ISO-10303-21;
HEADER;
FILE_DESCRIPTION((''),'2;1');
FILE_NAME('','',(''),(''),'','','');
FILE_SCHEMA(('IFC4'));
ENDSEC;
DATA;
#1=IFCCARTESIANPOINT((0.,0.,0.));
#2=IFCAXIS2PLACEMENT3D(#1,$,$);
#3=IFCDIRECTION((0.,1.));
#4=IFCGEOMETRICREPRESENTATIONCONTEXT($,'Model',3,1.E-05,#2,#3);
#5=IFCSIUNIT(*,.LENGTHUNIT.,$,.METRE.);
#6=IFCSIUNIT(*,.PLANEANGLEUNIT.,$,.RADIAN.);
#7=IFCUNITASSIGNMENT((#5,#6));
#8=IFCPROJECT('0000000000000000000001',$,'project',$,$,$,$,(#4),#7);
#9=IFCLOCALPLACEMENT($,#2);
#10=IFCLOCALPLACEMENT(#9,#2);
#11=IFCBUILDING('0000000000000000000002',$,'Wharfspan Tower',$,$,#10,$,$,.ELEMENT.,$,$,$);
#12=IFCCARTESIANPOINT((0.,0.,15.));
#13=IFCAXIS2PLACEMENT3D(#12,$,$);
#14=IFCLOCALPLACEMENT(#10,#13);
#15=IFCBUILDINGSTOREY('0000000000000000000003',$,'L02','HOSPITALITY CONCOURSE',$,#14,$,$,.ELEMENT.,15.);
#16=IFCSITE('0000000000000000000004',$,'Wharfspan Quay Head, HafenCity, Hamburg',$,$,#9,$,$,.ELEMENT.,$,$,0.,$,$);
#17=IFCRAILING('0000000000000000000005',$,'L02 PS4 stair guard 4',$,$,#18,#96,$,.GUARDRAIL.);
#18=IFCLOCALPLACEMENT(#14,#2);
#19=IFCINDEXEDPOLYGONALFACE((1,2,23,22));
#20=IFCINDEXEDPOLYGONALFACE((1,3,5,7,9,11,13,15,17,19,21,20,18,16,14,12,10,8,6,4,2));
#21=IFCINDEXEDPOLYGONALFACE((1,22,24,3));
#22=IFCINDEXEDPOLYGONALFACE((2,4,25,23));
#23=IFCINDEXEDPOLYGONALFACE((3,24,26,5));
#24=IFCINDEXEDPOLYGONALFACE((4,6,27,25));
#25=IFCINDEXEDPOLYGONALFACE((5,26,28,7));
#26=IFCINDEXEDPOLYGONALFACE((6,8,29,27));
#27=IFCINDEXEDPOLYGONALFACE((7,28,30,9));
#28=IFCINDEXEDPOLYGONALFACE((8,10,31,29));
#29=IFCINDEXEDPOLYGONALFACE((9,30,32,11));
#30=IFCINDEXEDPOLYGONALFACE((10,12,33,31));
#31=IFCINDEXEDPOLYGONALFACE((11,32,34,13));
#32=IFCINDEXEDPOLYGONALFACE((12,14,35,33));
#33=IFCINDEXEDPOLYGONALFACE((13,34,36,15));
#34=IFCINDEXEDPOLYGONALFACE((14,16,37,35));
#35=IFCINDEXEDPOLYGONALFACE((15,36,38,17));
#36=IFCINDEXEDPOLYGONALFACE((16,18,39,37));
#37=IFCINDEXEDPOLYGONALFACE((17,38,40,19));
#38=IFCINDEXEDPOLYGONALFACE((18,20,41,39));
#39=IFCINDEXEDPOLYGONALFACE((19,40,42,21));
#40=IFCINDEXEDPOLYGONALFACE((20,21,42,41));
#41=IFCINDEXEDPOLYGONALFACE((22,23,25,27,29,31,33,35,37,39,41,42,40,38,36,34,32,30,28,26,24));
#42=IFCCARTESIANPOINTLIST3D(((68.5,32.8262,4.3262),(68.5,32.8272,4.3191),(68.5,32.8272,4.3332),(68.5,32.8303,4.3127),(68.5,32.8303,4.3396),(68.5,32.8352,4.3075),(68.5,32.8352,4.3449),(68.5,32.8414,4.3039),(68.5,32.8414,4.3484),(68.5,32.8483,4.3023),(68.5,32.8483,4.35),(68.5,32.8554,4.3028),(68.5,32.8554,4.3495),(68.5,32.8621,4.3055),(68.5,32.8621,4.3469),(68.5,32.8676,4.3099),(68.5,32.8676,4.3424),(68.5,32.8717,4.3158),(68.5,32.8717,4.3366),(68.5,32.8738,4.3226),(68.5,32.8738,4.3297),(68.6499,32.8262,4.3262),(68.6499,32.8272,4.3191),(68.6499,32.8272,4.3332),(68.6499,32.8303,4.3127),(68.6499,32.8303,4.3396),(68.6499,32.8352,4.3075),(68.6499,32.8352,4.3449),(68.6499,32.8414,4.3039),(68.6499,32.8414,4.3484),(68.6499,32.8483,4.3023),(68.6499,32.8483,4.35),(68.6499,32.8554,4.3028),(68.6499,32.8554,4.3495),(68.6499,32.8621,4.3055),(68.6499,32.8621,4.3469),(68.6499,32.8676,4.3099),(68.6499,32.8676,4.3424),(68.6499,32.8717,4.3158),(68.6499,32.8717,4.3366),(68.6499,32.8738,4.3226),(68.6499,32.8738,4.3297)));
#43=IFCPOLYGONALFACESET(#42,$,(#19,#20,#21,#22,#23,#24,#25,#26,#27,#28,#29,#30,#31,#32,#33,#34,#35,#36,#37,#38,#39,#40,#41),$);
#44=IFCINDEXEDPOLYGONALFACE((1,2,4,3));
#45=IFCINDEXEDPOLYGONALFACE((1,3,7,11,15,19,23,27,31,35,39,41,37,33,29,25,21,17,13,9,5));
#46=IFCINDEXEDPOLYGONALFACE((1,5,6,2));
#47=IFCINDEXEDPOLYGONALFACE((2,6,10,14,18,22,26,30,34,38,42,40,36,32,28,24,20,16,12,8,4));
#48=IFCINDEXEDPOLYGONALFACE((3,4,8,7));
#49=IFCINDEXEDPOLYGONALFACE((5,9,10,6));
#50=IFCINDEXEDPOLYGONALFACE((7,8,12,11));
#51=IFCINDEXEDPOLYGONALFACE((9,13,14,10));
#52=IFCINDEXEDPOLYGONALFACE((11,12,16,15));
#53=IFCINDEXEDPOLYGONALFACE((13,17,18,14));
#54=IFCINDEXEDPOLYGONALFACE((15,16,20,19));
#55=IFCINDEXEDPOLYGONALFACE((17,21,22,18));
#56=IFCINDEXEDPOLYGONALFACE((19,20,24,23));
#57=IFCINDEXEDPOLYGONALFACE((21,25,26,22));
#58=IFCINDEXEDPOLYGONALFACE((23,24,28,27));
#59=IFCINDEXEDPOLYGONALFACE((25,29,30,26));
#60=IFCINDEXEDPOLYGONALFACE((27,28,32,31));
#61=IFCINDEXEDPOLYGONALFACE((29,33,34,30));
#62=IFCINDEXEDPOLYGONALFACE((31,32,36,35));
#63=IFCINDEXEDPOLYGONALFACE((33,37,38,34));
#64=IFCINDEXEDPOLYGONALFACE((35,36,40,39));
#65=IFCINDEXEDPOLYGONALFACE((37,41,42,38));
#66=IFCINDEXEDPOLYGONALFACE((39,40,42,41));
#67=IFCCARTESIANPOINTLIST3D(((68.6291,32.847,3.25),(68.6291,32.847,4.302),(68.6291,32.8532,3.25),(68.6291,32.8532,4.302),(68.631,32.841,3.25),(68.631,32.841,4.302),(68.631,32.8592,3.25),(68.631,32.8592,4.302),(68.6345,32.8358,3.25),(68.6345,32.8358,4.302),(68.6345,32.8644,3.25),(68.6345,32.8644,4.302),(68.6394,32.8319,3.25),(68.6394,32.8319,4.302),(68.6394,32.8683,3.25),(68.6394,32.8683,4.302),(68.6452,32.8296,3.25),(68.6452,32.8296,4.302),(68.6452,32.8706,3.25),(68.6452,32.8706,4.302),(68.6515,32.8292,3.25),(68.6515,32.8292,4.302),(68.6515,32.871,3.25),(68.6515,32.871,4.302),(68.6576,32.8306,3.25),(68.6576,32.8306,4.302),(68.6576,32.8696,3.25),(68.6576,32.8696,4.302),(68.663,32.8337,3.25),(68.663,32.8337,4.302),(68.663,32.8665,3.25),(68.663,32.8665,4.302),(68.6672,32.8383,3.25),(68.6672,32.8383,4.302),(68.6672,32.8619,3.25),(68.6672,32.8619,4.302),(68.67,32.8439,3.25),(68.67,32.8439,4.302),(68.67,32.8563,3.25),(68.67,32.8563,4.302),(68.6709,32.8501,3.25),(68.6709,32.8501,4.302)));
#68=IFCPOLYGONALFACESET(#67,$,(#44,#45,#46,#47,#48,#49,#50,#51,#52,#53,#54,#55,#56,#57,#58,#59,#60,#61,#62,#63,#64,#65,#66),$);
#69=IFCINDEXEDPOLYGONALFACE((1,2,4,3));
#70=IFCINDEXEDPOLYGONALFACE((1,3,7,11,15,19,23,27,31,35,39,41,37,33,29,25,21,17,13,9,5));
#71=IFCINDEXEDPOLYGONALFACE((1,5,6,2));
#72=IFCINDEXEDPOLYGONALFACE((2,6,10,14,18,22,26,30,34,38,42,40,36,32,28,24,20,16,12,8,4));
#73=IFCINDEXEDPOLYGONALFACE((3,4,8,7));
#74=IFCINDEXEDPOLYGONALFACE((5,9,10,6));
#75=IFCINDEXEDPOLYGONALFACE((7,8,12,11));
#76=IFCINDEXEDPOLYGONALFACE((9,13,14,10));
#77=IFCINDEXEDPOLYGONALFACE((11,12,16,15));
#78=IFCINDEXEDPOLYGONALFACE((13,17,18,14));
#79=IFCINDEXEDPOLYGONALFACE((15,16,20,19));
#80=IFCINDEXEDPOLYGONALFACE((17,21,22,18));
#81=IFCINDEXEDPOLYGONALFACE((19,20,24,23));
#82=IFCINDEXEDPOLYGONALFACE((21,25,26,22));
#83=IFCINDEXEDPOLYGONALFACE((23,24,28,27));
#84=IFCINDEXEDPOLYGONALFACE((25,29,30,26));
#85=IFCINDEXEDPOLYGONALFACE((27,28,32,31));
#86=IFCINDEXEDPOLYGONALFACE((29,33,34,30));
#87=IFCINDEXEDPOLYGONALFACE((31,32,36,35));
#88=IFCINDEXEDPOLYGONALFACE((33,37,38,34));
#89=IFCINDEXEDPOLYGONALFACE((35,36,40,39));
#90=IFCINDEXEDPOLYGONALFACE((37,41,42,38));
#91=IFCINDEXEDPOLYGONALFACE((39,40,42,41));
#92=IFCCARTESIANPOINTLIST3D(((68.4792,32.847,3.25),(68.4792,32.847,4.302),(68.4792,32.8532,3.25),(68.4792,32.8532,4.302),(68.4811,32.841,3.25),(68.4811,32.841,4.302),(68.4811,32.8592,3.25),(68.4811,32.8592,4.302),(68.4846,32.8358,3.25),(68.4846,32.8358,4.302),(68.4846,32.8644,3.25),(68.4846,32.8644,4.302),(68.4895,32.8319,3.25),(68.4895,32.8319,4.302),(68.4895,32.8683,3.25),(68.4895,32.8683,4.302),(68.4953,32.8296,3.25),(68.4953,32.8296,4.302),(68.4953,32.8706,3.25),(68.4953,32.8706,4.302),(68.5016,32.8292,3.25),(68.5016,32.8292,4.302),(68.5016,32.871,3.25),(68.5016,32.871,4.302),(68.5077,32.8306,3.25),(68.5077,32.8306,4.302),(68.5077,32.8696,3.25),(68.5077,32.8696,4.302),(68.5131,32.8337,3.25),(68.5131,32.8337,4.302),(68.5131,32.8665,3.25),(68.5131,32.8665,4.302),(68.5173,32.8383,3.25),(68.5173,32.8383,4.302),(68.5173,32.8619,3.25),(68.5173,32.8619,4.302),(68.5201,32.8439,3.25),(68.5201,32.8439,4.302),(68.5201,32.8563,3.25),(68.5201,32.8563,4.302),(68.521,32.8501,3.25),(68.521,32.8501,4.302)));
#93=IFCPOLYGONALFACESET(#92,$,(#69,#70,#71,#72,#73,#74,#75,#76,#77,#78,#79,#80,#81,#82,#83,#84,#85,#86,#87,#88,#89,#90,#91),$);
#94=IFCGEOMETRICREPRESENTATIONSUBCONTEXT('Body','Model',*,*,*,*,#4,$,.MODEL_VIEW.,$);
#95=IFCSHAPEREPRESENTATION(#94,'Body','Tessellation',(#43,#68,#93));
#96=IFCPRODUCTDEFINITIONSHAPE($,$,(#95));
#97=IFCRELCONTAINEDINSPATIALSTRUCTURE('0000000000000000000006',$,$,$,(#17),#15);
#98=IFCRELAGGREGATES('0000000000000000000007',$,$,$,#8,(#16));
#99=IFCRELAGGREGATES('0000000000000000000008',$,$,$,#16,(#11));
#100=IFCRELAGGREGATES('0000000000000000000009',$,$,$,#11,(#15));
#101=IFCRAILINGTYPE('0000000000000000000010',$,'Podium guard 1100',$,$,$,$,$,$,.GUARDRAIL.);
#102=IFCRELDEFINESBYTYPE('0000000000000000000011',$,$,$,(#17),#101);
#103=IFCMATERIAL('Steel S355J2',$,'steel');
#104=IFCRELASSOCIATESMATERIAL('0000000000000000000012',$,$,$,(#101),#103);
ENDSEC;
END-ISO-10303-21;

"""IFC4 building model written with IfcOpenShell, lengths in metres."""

from ifc_helpers import new_model, si_unit, direction, frame, origin, origin_2d, place, context, subcontext, project, spatial, circle, extrude, material, type_object, element, save


model = new_model("IFC4")

# Units and contexts
model_context = context("Model", 3, precision=1e-05, world=origin(), true_north=direction((0.0, 1.0)))
body_context = subcontext(model_context, "Body", "Model", "MODEL_VIEW")
ifc_project = project(units=[si_unit("LENGTHUNIT", "METRE"), si_unit("PLANEANGLEUNIT", "RADIAN")], contexts=[model_context])

# Site, building, storey
site_placement = place(None, origin())
site = spatial("IfcSite", under=ifc_project, at=site_placement, Name="Wharfspan Quay Head, HafenCity, Hamburg", CompositionType="ELEMENT", RefElevation=0.0)
building_placement = place(site_placement, origin())
building = spatial("IfcBuilding", under=site, at=building_placement, Name="Wharfspan Tower", CompositionType="ELEMENT")
storey_placement = place(building_placement, frame((0.0, 0.0, 15.0)))
storey = spatial("IfcBuildingStorey", under=building, at=storey_placement, Name="L02", Description="HOSPITALITY CONCOURSE", CompositionType="ELEMENT", Elevation=15.0)

# Railing
ifc_material_1 = material(Name="Steel S355J2", Category="steel")
railing_type_1 = type_object("IfcRailingType", Name="Podium guard 1100", PredefinedType="GUARDRAIL", material=ifc_material_1)
railing_1_placement = place(storey_placement, frame((68.6499, 32.8501, 3.25)))
element("IfcRailing", 1, at=railing_1_placement, inside=storey, type_object=railing_type_1, Name="L02 PS4 stair guard 4", PredefinedType="GUARDRAIL", context=body_context, shape_type="SweptSolid", body=[
    extrude(circle(Radius=0.0239, at=origin_2d()), frame((0.0, 0.0, 1.0762), z_axis=(-1.0, 0.0, 0.0), x_axis=(0.0, -1.0, 0.0)), (0.0, 0.0, 1.0), 0.1499),
    extrude(circle(Radius=0.021, at=origin_2d()), origin(), (0.0, 0.0, 1.0), 1.052),
    extrude(circle(Radius=0.021, at=origin_2d()), frame((-0.1499, 0.0, 0.0)), (0.0, 0.0, 1.0), 1.052),
])

save(model, "model.ifc")
